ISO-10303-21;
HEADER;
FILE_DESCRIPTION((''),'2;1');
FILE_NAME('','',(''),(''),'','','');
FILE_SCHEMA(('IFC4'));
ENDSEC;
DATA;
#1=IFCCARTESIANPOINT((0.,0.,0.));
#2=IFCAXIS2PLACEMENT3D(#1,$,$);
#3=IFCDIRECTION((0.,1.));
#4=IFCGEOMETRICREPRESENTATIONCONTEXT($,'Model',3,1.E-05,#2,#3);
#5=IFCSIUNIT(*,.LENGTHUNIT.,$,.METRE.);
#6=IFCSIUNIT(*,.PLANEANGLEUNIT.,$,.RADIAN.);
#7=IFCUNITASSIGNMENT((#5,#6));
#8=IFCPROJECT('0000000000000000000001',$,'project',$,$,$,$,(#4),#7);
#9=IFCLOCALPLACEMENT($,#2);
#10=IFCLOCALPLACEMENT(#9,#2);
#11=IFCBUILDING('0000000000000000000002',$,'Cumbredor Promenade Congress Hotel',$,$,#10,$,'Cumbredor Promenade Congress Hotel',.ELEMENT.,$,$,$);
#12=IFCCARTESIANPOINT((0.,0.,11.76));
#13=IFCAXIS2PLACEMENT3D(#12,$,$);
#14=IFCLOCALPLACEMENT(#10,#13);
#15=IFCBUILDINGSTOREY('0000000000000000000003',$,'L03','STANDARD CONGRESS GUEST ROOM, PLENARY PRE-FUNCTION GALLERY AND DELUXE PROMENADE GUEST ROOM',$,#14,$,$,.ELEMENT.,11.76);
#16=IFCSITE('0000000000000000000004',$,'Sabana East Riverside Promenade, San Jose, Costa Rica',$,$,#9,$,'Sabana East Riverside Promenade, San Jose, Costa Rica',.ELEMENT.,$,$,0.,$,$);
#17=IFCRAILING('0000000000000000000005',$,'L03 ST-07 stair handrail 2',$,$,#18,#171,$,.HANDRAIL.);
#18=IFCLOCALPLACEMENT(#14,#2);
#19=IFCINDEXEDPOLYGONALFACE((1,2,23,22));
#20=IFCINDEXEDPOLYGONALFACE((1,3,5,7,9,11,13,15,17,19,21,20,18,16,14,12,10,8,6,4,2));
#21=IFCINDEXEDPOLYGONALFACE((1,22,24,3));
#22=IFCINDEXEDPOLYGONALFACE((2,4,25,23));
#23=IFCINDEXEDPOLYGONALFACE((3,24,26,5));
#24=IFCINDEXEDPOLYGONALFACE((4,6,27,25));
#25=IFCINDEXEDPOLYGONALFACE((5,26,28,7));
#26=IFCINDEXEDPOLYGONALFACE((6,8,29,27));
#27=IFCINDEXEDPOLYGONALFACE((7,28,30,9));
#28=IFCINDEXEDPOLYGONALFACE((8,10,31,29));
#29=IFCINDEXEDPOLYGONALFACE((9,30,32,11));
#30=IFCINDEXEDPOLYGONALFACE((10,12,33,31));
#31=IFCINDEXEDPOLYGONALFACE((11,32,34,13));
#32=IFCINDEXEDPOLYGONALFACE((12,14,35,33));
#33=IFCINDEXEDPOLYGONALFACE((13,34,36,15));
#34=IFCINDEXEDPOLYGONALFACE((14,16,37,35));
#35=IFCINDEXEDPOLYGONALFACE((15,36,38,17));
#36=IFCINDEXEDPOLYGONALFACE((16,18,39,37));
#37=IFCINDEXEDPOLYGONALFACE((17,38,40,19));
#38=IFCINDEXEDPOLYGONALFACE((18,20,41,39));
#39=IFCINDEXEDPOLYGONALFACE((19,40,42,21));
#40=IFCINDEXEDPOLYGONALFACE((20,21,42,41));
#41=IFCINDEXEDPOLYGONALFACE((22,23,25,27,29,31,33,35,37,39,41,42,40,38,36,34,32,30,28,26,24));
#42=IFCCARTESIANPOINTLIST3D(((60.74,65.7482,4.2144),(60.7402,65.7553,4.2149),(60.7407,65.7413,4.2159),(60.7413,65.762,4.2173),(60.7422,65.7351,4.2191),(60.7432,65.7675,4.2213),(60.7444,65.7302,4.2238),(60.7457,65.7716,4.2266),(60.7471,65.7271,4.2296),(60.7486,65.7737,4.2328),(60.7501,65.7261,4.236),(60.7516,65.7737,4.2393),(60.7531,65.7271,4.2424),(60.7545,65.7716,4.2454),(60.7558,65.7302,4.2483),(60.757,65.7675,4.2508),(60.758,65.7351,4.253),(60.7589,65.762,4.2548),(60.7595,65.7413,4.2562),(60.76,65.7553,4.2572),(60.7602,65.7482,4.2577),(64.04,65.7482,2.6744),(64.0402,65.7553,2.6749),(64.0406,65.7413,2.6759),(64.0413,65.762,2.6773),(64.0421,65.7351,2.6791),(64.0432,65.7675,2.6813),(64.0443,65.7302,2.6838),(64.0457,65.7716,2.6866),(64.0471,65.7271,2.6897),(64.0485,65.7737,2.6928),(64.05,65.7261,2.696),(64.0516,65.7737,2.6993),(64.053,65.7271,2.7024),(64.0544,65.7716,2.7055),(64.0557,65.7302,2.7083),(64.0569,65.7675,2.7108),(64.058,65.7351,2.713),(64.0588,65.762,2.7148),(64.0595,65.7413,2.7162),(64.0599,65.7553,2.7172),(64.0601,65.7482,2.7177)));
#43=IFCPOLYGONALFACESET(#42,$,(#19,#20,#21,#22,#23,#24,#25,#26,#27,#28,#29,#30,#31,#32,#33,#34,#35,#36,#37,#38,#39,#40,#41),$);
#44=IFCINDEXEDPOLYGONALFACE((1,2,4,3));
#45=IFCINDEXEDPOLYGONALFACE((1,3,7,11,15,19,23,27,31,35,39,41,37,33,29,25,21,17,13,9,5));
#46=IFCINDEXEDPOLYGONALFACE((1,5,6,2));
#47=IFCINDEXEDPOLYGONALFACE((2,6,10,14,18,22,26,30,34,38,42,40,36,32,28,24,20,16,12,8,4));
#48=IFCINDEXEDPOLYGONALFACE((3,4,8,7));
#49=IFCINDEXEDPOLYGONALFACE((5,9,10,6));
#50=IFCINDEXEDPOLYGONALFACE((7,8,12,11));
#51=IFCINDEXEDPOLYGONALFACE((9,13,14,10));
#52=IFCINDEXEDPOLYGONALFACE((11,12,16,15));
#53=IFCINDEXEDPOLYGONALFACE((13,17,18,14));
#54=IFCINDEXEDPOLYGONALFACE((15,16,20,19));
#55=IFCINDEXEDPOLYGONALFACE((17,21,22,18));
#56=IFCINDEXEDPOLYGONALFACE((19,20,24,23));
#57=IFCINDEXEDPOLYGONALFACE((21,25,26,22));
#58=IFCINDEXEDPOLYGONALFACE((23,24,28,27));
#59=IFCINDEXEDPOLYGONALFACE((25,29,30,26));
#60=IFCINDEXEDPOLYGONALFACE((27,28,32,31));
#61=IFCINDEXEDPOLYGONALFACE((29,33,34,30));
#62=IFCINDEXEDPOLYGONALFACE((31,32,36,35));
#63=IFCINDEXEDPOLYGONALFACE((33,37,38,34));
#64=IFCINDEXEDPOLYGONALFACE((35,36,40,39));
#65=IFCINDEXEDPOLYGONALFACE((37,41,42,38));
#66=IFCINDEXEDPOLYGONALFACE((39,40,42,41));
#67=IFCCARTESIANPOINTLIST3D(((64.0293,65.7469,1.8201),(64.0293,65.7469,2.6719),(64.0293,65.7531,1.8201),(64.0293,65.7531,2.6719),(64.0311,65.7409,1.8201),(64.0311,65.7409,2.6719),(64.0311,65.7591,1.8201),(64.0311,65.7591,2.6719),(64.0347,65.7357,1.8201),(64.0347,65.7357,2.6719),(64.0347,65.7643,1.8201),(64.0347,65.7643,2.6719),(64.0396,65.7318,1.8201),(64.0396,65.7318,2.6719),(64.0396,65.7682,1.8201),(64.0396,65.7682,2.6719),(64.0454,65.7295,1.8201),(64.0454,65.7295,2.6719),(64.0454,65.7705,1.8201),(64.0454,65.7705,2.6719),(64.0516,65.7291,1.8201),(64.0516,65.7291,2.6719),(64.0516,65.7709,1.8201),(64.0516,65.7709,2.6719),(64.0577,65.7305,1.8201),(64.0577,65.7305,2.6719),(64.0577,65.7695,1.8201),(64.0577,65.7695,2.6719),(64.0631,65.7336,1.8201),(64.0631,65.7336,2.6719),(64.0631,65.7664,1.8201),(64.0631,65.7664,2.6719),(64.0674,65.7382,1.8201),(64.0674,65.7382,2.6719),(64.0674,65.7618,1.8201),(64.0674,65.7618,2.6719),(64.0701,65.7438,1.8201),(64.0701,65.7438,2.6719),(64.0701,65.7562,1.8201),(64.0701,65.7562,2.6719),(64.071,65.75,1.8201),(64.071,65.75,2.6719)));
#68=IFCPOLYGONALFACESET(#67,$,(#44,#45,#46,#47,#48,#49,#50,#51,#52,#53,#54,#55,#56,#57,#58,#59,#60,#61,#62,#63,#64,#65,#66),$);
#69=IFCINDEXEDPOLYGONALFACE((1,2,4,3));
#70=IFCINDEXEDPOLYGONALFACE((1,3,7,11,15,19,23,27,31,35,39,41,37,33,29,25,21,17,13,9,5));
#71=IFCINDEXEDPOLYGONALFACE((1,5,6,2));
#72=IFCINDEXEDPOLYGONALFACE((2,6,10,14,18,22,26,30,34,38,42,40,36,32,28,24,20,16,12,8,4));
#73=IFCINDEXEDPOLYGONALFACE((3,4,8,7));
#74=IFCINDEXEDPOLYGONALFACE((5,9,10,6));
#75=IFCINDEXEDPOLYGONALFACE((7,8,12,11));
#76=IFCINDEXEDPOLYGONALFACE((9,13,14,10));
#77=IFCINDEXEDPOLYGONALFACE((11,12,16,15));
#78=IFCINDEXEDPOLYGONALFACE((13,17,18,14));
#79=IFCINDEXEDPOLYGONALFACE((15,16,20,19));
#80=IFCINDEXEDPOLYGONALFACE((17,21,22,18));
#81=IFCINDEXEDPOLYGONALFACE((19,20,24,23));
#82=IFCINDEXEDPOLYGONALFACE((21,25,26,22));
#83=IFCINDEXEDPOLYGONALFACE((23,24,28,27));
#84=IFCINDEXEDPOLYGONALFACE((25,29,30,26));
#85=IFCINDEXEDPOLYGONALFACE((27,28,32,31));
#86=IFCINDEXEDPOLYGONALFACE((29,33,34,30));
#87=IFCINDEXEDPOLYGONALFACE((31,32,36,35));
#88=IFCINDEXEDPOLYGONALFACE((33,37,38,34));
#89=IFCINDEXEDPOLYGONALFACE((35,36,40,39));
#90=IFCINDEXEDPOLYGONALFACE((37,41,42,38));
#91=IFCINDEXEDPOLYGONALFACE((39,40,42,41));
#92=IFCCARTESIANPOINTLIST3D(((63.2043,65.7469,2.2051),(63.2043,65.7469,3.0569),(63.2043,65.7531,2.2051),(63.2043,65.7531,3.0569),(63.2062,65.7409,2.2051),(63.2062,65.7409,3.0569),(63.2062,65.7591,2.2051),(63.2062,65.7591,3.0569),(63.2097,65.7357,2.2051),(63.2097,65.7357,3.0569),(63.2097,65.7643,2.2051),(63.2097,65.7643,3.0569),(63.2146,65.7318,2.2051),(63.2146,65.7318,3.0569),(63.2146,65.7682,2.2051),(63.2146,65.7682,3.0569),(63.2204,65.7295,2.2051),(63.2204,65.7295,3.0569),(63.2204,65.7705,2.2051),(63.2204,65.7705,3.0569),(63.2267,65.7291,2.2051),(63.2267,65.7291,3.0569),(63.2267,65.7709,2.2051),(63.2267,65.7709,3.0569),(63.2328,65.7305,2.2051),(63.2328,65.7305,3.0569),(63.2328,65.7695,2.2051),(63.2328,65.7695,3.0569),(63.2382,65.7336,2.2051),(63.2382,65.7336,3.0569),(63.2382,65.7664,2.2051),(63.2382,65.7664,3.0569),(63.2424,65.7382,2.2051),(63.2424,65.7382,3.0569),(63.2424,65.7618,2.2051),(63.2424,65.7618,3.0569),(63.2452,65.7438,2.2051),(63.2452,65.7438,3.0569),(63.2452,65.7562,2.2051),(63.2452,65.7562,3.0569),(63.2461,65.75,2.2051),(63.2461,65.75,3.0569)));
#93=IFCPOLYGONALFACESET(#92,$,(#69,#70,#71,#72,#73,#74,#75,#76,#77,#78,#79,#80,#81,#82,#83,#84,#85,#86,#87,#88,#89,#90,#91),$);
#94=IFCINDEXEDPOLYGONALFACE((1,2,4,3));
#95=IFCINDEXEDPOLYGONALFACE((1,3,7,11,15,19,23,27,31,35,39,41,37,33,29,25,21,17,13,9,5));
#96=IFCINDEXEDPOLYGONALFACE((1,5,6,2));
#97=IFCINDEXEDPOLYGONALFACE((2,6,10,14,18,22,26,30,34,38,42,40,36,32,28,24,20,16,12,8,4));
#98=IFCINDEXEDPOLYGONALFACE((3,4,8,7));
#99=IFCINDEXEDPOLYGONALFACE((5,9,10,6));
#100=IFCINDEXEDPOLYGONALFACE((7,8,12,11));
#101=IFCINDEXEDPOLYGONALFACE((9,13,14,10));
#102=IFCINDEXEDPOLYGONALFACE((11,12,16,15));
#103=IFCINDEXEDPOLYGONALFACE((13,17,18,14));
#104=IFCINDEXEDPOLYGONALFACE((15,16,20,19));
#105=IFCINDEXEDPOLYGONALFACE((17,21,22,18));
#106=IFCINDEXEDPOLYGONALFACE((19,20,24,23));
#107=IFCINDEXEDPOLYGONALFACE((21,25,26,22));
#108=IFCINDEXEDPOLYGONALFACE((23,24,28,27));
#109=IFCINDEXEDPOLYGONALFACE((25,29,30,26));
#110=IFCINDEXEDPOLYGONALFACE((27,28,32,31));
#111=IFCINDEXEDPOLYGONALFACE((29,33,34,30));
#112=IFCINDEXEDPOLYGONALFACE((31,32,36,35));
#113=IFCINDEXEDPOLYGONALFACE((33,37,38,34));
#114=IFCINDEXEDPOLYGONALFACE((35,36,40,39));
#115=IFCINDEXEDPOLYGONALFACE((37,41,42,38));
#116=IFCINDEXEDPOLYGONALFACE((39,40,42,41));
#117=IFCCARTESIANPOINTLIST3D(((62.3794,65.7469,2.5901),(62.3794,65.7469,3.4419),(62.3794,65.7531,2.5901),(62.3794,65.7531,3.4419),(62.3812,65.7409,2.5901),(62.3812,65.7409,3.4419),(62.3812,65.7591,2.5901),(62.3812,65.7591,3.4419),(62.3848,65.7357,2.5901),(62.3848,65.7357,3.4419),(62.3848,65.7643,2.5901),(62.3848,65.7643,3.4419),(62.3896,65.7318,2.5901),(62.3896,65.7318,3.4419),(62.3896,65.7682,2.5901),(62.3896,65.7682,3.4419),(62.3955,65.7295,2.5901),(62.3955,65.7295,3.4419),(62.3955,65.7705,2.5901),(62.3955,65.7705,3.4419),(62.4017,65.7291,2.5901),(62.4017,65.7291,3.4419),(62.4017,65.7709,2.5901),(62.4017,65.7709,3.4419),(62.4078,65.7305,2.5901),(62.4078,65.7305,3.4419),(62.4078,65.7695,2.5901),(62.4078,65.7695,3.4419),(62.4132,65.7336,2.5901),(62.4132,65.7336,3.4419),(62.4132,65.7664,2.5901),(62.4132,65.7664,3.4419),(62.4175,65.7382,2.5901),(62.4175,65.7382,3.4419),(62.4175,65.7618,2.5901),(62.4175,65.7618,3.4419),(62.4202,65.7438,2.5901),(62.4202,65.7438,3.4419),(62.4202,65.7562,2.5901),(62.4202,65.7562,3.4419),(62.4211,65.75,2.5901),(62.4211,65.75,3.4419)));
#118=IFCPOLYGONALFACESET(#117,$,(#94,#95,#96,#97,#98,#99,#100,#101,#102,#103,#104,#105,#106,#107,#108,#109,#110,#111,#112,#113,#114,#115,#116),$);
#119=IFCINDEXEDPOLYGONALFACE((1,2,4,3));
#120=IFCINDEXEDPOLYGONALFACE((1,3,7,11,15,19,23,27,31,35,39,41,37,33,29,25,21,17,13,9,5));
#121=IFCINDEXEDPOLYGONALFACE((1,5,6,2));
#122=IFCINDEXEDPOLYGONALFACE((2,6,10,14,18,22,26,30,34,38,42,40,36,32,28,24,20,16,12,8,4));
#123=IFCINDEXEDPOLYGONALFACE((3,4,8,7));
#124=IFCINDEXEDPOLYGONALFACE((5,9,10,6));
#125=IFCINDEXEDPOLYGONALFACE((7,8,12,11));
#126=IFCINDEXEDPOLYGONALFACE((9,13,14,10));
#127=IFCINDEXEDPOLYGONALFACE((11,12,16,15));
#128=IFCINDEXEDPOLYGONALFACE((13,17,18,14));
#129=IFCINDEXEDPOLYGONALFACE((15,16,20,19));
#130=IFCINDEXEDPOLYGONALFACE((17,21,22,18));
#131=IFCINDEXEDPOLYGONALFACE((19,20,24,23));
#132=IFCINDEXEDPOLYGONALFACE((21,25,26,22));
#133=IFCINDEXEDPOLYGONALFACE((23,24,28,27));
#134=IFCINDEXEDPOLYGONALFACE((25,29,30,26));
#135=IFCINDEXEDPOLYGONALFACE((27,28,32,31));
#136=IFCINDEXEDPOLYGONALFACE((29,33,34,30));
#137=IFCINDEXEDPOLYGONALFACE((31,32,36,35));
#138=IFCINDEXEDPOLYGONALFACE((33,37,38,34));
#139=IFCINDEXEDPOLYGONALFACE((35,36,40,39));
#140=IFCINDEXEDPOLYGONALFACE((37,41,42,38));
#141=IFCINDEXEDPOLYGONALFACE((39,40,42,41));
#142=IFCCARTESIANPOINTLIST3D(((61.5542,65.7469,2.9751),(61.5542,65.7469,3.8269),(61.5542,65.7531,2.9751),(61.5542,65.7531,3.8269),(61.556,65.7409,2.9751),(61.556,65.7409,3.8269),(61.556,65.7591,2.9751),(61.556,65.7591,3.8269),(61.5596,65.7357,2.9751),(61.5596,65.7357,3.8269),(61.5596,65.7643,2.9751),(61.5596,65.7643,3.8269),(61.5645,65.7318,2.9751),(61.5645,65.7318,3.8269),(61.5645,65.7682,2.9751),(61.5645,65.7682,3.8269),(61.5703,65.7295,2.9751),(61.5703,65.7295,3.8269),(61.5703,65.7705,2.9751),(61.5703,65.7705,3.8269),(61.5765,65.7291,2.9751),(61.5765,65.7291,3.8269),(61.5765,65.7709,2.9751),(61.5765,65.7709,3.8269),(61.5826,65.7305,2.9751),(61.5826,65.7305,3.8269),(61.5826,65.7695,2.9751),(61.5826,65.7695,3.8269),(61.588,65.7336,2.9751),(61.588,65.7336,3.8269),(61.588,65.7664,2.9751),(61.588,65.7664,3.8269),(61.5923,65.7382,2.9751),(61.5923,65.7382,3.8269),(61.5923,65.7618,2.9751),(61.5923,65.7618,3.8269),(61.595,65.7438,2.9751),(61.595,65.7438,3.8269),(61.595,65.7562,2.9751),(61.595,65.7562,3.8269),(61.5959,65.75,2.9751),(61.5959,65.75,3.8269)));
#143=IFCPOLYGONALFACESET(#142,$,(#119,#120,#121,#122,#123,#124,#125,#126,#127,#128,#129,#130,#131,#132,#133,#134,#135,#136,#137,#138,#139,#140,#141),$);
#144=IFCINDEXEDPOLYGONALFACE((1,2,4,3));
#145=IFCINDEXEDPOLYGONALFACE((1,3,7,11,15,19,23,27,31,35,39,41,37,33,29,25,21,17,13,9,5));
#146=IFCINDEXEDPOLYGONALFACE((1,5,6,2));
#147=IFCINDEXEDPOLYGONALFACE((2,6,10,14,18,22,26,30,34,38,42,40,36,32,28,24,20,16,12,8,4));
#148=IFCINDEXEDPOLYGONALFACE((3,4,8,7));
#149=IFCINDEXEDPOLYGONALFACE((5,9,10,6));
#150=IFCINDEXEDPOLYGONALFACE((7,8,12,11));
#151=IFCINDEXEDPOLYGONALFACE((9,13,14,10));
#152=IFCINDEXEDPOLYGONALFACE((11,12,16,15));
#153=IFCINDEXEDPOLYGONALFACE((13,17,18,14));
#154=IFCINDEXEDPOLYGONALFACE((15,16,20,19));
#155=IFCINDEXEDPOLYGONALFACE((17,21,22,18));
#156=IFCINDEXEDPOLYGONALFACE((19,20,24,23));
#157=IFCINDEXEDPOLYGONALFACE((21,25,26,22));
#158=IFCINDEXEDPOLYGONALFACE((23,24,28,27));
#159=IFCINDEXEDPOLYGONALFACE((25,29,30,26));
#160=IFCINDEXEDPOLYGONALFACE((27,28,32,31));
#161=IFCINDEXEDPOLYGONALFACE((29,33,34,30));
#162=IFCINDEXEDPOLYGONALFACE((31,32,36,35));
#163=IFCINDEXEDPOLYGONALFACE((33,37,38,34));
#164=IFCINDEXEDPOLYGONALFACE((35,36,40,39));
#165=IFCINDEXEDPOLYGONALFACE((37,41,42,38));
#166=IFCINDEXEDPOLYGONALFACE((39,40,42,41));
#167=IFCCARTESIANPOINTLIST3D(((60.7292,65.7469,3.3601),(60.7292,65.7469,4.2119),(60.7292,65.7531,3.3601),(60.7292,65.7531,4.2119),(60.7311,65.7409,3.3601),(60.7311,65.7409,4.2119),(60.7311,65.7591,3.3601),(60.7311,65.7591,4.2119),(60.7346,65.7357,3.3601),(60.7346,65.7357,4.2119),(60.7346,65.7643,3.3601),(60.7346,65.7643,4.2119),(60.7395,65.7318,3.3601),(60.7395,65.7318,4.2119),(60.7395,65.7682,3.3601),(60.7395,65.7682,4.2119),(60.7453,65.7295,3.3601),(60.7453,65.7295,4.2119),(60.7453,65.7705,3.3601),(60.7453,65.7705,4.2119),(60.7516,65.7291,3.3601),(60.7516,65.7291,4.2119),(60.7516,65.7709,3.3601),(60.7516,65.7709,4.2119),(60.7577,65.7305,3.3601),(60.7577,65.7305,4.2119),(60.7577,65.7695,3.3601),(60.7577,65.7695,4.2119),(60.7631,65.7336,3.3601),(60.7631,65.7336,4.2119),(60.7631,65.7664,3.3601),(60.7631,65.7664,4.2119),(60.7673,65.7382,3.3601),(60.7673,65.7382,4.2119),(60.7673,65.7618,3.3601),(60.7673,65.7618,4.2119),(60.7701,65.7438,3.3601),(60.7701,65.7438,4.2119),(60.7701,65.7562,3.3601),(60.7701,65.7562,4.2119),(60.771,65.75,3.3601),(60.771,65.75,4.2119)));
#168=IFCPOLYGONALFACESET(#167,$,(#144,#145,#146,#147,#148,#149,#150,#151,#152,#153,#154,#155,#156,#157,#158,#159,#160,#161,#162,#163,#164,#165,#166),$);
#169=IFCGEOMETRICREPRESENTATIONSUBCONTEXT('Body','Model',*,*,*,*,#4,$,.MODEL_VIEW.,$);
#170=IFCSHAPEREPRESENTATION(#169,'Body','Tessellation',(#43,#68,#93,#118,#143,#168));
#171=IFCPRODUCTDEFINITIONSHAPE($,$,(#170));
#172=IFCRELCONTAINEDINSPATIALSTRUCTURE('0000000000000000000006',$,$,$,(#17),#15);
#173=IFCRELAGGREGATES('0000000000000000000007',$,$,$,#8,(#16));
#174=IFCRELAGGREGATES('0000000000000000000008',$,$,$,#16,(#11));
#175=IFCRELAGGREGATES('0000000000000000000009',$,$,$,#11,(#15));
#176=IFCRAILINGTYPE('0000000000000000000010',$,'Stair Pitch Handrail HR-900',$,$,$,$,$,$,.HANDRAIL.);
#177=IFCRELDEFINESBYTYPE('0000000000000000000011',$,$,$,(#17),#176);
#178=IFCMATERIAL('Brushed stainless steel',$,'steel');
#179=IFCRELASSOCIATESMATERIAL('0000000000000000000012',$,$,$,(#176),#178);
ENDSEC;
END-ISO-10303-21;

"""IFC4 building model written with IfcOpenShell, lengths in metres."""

from ifc_helpers import new_model, si_unit, direction, frame, origin, origin_2d, place, context, subcontext, project, spatial, circle, extrude, material, type_object, element, save


model = new_model("IFC4")

# Units and contexts
model_context = context("Model", 3, precision=1e-05, world=origin(), true_north=direction((0.0, 1.0)))
body_context = subcontext(model_context, "Body", "Model", "MODEL_VIEW")
ifc_project = project(units=[si_unit("LENGTHUNIT", "METRE"), si_unit("PLANEANGLEUNIT", "RADIAN")], contexts=[model_context])

# Site, building, storey
site_placement = place(None, origin())
site = spatial("IfcSite", under=ifc_project, at=site_placement, Name="Sabana East Riverside Promenade, San Jose, Costa Rica", LongName="Sabana East Riverside Promenade, San Jose, Costa Rica", CompositionType="ELEMENT", RefElevation=0.0)
building_placement = place(site_placement, origin())
building = spatial("IfcBuilding", under=site, at=building_placement, Name="Cumbredor Promenade Congress Hotel", LongName="Cumbredor Promenade Congress Hotel", CompositionType="ELEMENT")
storey_placement = place(building_placement, frame((0.0, 0.0, 11.76)))
storey = spatial("IfcBuildingStorey", under=building, at=storey_placement, Name="L03", Description="STANDARD CONGRESS GUEST ROOM, PLENARY PRE-FUNCTION GALLERY AND DELUXE PROMENADE GUEST ROOM", CompositionType="ELEMENT", Elevation=11.76)

# Railing
ifc_material_1 = material(Name="Brushed stainless steel", Category="steel")
railing_type_1 = type_object("IfcRailingType", Name="Stair Pitch Handrail HR-900", PredefinedType="HANDRAIL", material=ifc_material_1)
railing_1_placement = place(storey_placement, frame((64.05, 65.75, 1.8201)))
element("IfcRailing", 1, at=railing_1_placement, inside=storey, type_object=railing_type_1, Name="L03 ST-07 stair handrail 2", PredefinedType="HANDRAIL", context=body_context, shape_type="SweptSolid", body=[
    extrude(circle(Radius=0.0239, at=origin_2d()), frame((0.0, 0.0, 0.876), z_axis=(-0.906181, 0.0, 0.422889), x_axis=(0.0, -1.0, 0.0)), (0.0, 0.0, 1.0), 3.6416),
    extrude(circle(Radius=0.021, at=origin_2d()), origin(), (0.0, 0.0, 1.0), 0.8518),
    extrude(circle(Radius=0.021, at=origin_2d()), frame((-0.825, 0.0, 0.385)), (0.0, 0.0, 1.0), 0.8518),
    extrude(circle(Radius=0.021, at=origin_2d()), frame((-1.6499, 0.0, 0.77)), (0.0, 0.0, 1.0), 0.8518),
    extrude(circle(Radius=0.021, at=origin_2d()), frame((-2.4751, 0.0, 1.155)), (0.0, 0.0, 1.0), 0.8518),
    extrude(circle(Radius=0.021, at=origin_2d()), frame((-3.3, 0.0, 1.54)), (0.0, 0.0, 1.0), 0.8518),
])

save(model, "model.ifc")
